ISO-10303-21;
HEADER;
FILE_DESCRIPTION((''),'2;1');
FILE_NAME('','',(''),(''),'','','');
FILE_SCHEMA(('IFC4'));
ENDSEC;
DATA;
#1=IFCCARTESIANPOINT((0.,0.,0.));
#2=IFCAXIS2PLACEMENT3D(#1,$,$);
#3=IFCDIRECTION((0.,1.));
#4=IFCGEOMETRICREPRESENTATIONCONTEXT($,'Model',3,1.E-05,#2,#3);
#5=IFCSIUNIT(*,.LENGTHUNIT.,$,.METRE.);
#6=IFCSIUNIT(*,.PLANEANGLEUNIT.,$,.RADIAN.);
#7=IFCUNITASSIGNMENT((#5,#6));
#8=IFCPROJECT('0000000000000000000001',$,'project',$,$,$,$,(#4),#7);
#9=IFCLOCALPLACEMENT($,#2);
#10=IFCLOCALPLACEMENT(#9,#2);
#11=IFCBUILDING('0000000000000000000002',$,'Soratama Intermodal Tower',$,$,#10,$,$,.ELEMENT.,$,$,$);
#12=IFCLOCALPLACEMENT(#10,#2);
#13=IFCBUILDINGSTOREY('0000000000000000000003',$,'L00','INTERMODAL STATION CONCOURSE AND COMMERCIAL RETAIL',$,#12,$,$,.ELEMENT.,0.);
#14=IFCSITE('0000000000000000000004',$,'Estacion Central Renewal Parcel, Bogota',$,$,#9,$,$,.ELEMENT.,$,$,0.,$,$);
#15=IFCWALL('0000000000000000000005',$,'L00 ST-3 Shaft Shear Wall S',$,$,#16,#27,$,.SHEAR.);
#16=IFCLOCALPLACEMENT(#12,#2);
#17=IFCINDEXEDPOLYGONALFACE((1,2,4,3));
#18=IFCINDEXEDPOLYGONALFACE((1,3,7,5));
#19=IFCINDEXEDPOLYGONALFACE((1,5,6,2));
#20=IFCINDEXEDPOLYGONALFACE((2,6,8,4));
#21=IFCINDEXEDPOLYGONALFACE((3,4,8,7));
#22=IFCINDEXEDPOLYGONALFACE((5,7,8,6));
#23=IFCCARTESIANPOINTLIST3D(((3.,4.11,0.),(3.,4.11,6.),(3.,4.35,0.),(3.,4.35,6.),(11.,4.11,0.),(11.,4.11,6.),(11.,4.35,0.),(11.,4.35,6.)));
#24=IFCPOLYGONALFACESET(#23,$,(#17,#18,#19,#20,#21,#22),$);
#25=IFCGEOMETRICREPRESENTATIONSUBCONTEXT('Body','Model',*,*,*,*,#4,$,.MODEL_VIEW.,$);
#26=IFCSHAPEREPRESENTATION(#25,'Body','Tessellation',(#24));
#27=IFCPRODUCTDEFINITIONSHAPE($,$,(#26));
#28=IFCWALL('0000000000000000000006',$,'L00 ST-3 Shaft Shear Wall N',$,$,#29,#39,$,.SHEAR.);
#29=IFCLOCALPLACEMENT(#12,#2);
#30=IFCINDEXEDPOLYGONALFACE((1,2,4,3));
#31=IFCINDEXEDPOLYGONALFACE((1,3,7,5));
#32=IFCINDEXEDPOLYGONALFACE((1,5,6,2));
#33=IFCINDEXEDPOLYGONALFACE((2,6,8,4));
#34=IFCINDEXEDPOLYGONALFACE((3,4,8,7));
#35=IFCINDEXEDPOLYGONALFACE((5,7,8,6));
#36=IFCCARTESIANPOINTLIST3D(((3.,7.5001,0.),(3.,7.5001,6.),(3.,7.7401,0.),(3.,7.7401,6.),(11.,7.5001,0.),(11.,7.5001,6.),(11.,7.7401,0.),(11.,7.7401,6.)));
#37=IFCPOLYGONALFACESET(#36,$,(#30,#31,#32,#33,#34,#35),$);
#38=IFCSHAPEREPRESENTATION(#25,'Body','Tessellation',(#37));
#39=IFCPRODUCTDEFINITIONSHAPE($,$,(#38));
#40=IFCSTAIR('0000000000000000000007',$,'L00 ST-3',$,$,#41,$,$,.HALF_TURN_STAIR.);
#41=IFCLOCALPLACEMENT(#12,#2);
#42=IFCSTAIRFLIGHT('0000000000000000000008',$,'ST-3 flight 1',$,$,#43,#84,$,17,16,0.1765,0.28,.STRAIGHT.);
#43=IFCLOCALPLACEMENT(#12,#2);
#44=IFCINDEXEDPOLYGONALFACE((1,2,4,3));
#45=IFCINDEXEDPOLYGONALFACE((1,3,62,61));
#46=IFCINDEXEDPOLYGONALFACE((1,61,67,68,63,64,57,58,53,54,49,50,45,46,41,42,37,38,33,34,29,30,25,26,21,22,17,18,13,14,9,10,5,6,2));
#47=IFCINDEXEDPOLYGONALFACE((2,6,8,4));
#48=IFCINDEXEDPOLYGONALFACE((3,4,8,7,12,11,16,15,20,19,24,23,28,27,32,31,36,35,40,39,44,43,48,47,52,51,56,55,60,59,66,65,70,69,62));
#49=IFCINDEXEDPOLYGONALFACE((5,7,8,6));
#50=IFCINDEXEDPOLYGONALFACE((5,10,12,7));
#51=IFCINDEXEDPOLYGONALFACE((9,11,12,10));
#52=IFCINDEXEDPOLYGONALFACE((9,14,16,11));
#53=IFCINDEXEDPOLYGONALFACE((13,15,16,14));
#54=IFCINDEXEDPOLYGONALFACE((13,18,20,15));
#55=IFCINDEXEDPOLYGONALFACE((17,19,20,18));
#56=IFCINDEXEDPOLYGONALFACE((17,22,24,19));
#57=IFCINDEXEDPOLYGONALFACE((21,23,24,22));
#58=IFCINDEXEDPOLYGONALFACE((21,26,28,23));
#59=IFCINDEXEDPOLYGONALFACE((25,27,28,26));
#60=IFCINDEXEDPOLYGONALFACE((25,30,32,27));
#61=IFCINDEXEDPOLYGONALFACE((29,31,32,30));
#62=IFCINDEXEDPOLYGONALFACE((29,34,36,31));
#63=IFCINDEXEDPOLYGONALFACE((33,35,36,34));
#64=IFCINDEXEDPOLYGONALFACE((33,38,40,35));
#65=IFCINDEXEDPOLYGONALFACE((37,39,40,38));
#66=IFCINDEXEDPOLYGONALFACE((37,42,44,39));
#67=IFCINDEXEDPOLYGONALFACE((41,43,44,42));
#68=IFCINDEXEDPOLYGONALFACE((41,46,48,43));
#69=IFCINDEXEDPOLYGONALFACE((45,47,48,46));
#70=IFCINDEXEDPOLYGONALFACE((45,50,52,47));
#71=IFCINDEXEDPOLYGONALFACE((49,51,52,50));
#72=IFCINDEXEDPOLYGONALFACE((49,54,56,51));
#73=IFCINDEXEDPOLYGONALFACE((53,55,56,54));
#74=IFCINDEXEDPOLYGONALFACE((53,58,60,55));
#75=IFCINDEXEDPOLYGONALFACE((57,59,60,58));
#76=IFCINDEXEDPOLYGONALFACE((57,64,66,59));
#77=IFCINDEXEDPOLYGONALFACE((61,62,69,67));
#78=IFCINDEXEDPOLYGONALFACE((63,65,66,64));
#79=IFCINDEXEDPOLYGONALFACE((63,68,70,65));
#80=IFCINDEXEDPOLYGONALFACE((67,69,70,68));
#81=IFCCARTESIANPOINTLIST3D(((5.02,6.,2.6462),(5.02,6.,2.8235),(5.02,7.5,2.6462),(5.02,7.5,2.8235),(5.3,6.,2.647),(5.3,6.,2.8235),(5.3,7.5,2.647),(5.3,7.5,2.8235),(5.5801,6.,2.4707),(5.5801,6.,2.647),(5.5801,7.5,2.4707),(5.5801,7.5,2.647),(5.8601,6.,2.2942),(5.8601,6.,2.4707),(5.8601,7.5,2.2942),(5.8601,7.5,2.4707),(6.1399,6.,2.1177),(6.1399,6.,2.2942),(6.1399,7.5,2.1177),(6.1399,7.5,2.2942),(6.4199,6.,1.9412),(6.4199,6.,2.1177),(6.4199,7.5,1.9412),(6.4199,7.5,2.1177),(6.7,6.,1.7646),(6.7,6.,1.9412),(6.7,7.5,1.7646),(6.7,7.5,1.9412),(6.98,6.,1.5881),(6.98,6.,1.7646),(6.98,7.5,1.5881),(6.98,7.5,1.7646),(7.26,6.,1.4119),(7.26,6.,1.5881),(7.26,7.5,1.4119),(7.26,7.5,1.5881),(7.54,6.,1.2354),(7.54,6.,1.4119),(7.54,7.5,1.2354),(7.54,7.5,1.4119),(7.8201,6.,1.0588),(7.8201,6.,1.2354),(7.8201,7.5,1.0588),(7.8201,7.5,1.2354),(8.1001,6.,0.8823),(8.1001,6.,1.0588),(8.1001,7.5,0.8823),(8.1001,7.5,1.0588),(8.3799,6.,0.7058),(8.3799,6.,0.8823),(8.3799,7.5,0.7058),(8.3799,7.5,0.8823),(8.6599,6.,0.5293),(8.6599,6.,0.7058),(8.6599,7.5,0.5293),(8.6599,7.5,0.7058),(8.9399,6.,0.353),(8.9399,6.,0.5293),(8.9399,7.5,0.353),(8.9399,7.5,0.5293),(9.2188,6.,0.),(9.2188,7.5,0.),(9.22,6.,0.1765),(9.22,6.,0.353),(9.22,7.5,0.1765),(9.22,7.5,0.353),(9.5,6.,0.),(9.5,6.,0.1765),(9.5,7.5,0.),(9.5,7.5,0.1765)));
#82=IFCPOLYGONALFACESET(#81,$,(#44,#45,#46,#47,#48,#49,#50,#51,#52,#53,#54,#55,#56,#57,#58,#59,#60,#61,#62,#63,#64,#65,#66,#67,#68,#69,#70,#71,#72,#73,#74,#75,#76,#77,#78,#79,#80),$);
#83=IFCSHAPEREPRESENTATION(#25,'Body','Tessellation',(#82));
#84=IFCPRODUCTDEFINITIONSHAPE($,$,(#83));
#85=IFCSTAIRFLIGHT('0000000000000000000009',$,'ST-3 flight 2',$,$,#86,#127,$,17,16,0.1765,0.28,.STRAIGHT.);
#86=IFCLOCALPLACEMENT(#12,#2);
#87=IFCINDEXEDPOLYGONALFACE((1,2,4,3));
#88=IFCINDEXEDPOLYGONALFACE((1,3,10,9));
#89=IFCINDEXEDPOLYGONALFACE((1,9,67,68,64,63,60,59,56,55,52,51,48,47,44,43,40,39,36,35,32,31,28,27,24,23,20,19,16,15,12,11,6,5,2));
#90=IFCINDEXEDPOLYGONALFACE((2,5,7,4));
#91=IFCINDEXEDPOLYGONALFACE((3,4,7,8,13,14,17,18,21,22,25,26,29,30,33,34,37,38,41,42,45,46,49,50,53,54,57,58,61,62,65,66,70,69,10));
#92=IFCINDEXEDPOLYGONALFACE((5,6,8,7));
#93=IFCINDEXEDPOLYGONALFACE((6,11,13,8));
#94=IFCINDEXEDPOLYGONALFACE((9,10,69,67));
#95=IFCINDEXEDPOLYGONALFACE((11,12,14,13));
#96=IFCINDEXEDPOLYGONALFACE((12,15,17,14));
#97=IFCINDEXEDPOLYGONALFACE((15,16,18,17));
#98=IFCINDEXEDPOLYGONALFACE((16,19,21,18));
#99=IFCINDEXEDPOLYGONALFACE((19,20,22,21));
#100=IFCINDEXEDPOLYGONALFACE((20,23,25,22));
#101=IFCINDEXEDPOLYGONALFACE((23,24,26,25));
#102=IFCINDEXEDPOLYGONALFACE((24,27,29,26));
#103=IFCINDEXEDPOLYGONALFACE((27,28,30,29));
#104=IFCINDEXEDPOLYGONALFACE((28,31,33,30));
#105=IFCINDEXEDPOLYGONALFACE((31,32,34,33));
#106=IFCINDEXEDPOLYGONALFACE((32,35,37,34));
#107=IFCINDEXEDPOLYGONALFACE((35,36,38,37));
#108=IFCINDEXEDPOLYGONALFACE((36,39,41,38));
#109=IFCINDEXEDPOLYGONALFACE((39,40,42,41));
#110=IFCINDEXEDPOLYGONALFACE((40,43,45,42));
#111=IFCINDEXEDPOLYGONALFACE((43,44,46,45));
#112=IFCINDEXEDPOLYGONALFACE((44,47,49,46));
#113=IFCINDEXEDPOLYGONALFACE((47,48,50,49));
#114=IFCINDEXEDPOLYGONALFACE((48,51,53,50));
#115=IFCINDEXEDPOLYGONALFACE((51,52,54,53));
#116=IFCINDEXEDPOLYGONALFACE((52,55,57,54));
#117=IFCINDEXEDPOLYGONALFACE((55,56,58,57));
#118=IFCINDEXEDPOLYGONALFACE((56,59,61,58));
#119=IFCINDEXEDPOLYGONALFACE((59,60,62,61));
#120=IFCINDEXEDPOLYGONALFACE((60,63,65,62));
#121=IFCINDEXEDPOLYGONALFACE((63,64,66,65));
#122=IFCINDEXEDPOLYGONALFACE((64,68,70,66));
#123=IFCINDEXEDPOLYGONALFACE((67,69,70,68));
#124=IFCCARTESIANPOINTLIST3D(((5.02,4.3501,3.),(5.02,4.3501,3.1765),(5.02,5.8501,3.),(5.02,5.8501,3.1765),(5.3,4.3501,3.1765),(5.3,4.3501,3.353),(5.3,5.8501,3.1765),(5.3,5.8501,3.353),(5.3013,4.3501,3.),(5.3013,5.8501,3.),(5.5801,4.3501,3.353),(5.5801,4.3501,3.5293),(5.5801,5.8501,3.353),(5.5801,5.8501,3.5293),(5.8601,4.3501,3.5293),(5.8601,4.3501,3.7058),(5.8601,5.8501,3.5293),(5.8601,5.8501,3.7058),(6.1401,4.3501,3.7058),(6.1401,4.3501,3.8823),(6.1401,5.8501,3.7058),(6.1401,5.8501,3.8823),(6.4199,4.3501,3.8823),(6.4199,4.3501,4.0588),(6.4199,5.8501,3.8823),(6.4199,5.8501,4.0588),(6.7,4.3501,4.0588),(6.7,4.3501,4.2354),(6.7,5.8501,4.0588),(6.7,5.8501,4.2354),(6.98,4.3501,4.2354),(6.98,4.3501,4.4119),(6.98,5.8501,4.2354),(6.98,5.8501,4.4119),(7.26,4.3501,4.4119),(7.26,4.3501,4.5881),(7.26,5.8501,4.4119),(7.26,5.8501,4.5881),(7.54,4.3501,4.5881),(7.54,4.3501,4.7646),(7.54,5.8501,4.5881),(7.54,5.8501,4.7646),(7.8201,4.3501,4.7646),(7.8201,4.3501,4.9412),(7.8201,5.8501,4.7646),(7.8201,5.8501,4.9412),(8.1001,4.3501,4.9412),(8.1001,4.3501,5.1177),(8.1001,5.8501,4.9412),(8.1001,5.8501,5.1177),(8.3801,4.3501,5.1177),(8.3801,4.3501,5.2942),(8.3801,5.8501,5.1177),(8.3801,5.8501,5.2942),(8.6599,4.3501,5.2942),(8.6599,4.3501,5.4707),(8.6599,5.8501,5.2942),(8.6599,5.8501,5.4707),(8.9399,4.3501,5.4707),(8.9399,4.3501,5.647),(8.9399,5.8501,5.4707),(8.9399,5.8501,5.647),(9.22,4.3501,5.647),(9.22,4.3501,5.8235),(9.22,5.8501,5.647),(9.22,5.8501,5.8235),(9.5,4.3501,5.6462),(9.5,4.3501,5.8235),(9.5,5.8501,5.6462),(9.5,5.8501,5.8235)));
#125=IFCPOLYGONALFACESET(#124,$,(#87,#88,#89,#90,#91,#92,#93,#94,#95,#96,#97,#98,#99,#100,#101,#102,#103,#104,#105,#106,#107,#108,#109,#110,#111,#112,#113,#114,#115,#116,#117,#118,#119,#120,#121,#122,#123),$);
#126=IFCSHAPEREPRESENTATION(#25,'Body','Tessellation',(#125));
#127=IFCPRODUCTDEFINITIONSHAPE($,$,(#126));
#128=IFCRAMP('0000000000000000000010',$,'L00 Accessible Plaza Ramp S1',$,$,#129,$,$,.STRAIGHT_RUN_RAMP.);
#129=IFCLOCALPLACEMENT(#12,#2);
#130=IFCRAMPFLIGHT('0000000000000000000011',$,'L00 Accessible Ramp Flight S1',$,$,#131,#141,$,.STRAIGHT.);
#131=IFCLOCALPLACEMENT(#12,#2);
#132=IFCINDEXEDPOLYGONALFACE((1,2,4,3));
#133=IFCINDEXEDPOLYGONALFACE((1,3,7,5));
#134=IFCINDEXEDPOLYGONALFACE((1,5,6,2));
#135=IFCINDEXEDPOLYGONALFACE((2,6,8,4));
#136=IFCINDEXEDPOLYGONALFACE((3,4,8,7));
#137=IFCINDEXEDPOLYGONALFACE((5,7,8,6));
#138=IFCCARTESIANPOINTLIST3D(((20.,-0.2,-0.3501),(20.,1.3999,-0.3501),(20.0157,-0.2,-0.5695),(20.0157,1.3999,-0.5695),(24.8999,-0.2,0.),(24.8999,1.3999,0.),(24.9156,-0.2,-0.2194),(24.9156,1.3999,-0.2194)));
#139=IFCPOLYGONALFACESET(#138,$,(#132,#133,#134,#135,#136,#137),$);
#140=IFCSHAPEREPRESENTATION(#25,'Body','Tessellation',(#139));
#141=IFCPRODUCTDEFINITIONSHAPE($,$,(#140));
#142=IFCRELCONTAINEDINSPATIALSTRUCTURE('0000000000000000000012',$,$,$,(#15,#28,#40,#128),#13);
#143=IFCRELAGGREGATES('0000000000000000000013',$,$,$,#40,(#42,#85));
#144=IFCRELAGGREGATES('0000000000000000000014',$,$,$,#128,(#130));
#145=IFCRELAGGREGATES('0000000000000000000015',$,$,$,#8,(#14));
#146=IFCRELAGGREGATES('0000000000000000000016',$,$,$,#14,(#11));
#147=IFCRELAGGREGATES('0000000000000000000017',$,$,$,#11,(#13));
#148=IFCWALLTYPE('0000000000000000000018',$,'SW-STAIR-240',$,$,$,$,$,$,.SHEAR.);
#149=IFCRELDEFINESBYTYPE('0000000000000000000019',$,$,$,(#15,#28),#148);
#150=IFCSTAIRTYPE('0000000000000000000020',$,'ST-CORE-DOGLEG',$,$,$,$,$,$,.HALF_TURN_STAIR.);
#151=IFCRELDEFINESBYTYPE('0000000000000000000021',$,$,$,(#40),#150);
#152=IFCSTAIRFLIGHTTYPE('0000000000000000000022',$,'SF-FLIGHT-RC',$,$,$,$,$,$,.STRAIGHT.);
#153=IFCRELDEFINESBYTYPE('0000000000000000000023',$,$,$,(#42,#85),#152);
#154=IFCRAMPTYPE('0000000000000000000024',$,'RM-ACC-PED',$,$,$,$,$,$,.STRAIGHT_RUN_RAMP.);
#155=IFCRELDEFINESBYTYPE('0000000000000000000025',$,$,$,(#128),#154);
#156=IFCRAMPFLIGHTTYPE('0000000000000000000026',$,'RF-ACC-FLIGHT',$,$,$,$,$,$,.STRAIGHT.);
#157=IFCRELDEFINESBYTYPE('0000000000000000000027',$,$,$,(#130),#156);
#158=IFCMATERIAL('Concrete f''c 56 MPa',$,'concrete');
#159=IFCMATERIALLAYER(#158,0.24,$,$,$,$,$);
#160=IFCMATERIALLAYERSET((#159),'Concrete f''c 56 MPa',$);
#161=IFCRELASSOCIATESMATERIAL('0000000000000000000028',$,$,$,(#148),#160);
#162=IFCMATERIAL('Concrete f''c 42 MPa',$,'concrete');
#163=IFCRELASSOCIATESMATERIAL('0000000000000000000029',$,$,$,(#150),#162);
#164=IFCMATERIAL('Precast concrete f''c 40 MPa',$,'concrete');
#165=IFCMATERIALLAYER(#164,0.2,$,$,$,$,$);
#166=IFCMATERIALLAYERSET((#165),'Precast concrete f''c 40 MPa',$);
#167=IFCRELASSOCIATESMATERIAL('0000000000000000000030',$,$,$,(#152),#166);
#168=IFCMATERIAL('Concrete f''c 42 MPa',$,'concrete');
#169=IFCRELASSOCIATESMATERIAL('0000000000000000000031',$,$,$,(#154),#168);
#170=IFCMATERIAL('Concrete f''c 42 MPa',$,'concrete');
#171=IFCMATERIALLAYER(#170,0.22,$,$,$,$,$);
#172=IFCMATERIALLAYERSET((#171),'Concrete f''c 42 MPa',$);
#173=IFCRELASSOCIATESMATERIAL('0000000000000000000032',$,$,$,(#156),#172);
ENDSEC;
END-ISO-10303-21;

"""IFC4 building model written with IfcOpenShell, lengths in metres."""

from ifc_helpers import new_model, si_unit, direction, frame, frame_2d, origin, place, context, subcontext, project, spatial, polyline, rectangle, outline, extrude, material, layer, layer_set, type_object, element, aggregate, save


model = new_model("IFC4")

# Units and contexts
model_context = context("Model", 3, precision=1e-05, world=origin(), true_north=direction((0.0, 1.0)))
body_context = subcontext(model_context, "Body", "Model", "MODEL_VIEW")
ifc_project = project(units=[si_unit("LENGTHUNIT", "METRE"), si_unit("PLANEANGLEUNIT", "RADIAN")], contexts=[model_context])

# Site, building, storey
site_placement = place(None, origin())
site = spatial("IfcSite", under=ifc_project, at=site_placement, Name="Estacion Central Renewal Parcel, Bogota", CompositionType="ELEMENT", RefElevation=0.0)
building_placement = place(site_placement, origin())
building = spatial("IfcBuilding", under=site, at=building_placement, Name="Soratama Intermodal Tower", CompositionType="ELEMENT")
storey_placement = place(building_placement, origin())
storey = spatial("IfcBuildingStorey", under=building, at=storey_placement, Name="L00", Description="INTERMODAL STATION CONCOURSE AND COMMERCIAL RETAIL", CompositionType="ELEMENT", Elevation=0.0)

# Shared definitions
ifc_material_1 = material(Name="Concrete f'c 56 MPa", Category="concrete")
ifc_layer_1 = layer(ifc_material_1, 0.24)
ifc_layer_set_1 = layer_set([ifc_layer_1], Name="Concrete f'c 56 MPa")
wall_type_1 = type_object("IfcWallType", Name="SW-STAIR-240", PredefinedType="SHEAR", material=ifc_layer_set_1)

# Walls
for number, where, z_axis, x_axis, name in (
    (1, (3.0, 4.23, 0.0), (0.0, 0.0, 1.0), (1.0, 0.0, 0.0), "L00 ST-3 Shaft Shear Wall S"),
    (2, (3.0, 7.6201, 0.0), (0.0, 0.0, 1.0), (1.0, 0.0, 0.0), "L00 ST-3 Shaft Shear Wall N"),
):
    element("IfcWall", number, at=place(storey_placement, frame(where, z_axis=z_axis, x_axis=x_axis)), inside=storey, type_object=wall_type_1, Name=name, PredefinedType="SHEAR", context=body_context, shape_type="SweptSolid", body=[
        extrude(rectangle(XDim=8.0, YDim=0.24, at=frame_2d((4.0, 0.0))), origin(), (0.0, 0.0, 1.0), 6.0),
    ])

# Stair, stair flights
ifc_material_2 = material(Name="Concrete f'c 42 MPa", Category="concrete")
stair_type = type_object("IfcStairType", Name="ST-CORE-DOGLEG", PredefinedType="HALF_TURN_STAIR", material=ifc_material_2)
stair_placement = place(storey_placement, origin())
stair = element("IfcStair", 3, at=stair_placement, inside=storey, type_object=stair_type, Name="L00 ST-3", PredefinedType="HALF_TURN_STAIR")
ifc_material_3 = material(Name="Precast concrete f'c 40 MPa", Category="concrete")
ifc_layer_2 = layer(ifc_material_3, 0.2)
ifc_layer_set_2 = layer_set([ifc_layer_2], Name="Precast concrete f'c 40 MPa")
stair_flight_type = type_object("IfcStairFlightType", Name="SF-FLIGHT-RC", PredefinedType="STRAIGHT", material=ifc_layer_set_2)
stair_flight_1_placement = place(storey_placement, frame((9.5, 6.75, 0.0), z_axis=(0.0, 0.0, 1.0), x_axis=(-1.0, 0.0, 0.0)))
stair_flight_1 = element("IfcStairFlight", 4, at=stair_flight_1_placement, type_object=stair_flight_type, Name="ST-3 flight 1", NumberOfRisers=17, NumberOfTreads=16, PredefinedType="STRAIGHT", RiserHeight=0.1765, TreadLength=0.28, context=body_context, shape_type="SweptSolid", body=[
    extrude(outline(polyline([(0.0, 0.0), (0.0, 0.1765), (0.28, 0.1765), (0.28, 0.353), (0.5601, 0.353), (0.5601, 0.5293), (0.8401, 0.5293), (0.8401, 0.7058), (1.1201, 0.7058), (1.1201, 0.8823), (1.3999, 0.8823), (1.3999, 1.0588), (1.6799, 1.0588), (1.6799, 1.2354), (1.96, 1.2354), (1.96, 1.4119), (2.24, 1.4119), (2.24, 1.5881), (2.52, 1.5881), (2.52, 1.7646), (2.8, 1.7646), (2.8, 1.9412), (3.0801, 1.9412), (3.0801, 2.1177), (3.3601, 2.1177), (3.3601, 2.2942), (3.6399, 2.2942), (3.6399, 2.4707), (3.9199, 2.4707), (3.9199, 2.647), (4.2, 2.647), (4.2, 2.8235), (4.48, 2.8235), (4.48, 3.0), (4.48, 2.6462), (0.2812, 0.0), (0.0, 0.0)])), frame((0.0, 0.75, 0.0), z_axis=(0.0, -1.0, 0.0), x_axis=(1.0, 0.0, 0.0)), (0.0, 0.0, 1.0), 1.5),
])
stair_flight_2_placement = place(storey_placement, frame((5.02, 5.1001, 3.0), z_axis=(0.0, 0.0, 1.0), x_axis=(1.0, 0.0, 0.0)))
stair_flight_2 = element("IfcStairFlight", 5, at=stair_flight_2_placement, type_object=stair_flight_type, Name="ST-3 flight 2", NumberOfRisers=17, NumberOfTreads=16, PredefinedType="STRAIGHT", RiserHeight=0.1765, TreadLength=0.28, context=body_context, shape_type="SweptSolid", body=[
    extrude(outline(polyline([(0.0, 0.0), (0.0, 0.1765), (0.28, 0.1765), (0.28, 0.353), (0.5601, 0.353), (0.5601, 0.5293), (0.8401, 0.5293), (0.8401, 0.7058), (1.1201, 0.7058), (1.1201, 0.8823), (1.3999, 0.8823), (1.3999, 1.0588), (1.6799, 1.0588), (1.6799, 1.2354), (1.96, 1.2354), (1.96, 1.4119), (2.24, 1.4119), (2.24, 1.5881), (2.52, 1.5881), (2.52, 1.7646), (2.8, 1.7646), (2.8, 1.9412), (3.0801, 1.9412), (3.0801, 2.1177), (3.3601, 2.1177), (3.3601, 2.2942), (3.6399, 2.2942), (3.6399, 2.4707), (3.9199, 2.4707), (3.9199, 2.647), (4.2, 2.647), (4.2, 2.8235), (4.48, 2.8235), (4.48, 3.0), (4.48, 2.6462), (0.2812, 0.0), (0.0, 0.0)])), frame((0.0, 0.75, 0.0), z_axis=(0.0, -1.0, 0.0), x_axis=(1.0, 0.0, 0.0)), (0.0, 0.0, 1.0), 1.5),
])
aggregate(stair, [stair_flight_1, stair_flight_2])

# Ramp, ramp flight
ifc_material_4 = material(Name="Concrete f'c 42 MPa", Category="concrete")
ramp_type = type_object("IfcRampType", Name="RM-ACC-PED", PredefinedType="STRAIGHT_RUN_RAMP", material=ifc_material_4)
ramp_placement = place(storey_placement, origin())
ramp = element("IfcRamp", 6, at=ramp_placement, inside=storey, type_object=ramp_type, Name="L00 Accessible Plaza Ramp S1", PredefinedType="STRAIGHT_RUN_RAMP")
ifc_material_5 = material(Name="Concrete f'c 42 MPa", Category="concrete")
ifc_layer_3 = layer(ifc_material_5, 0.22)
ifc_layer_set_3 = layer_set([ifc_layer_3], Name="Concrete f'c 42 MPa")
ramp_flight_type = type_object("IfcRampFlightType", Name="RF-ACC-FLIGHT", PredefinedType="STRAIGHT", material=ifc_layer_set_3)
ramp_flight_placement = place(storey_placement, frame((20.0, -0.2, -0.3501), z_axis=(-0.071268, 0.0, 0.997457), x_axis=(0.0, 1.0, 0.0)))
ramp_flight = element("IfcRampFlight", 7, at=ramp_flight_placement, type_object=ramp_flight_type, Name="L00 Accessible Ramp Flight S1", PredefinedType="STRAIGHT", context=body_context, shape_type="SweptSolid", body=[
    extrude(outline(polyline([(0.0, 0.0), (1.5999, 0.0), (1.5999, -4.9124), (0.0, -4.9124), (0.0, 0.0)])), origin(), (0.0, 0.0, -1.0), 0.22),
])
aggregate(ramp, [ramp_flight])

save(model, "model.ifc")
